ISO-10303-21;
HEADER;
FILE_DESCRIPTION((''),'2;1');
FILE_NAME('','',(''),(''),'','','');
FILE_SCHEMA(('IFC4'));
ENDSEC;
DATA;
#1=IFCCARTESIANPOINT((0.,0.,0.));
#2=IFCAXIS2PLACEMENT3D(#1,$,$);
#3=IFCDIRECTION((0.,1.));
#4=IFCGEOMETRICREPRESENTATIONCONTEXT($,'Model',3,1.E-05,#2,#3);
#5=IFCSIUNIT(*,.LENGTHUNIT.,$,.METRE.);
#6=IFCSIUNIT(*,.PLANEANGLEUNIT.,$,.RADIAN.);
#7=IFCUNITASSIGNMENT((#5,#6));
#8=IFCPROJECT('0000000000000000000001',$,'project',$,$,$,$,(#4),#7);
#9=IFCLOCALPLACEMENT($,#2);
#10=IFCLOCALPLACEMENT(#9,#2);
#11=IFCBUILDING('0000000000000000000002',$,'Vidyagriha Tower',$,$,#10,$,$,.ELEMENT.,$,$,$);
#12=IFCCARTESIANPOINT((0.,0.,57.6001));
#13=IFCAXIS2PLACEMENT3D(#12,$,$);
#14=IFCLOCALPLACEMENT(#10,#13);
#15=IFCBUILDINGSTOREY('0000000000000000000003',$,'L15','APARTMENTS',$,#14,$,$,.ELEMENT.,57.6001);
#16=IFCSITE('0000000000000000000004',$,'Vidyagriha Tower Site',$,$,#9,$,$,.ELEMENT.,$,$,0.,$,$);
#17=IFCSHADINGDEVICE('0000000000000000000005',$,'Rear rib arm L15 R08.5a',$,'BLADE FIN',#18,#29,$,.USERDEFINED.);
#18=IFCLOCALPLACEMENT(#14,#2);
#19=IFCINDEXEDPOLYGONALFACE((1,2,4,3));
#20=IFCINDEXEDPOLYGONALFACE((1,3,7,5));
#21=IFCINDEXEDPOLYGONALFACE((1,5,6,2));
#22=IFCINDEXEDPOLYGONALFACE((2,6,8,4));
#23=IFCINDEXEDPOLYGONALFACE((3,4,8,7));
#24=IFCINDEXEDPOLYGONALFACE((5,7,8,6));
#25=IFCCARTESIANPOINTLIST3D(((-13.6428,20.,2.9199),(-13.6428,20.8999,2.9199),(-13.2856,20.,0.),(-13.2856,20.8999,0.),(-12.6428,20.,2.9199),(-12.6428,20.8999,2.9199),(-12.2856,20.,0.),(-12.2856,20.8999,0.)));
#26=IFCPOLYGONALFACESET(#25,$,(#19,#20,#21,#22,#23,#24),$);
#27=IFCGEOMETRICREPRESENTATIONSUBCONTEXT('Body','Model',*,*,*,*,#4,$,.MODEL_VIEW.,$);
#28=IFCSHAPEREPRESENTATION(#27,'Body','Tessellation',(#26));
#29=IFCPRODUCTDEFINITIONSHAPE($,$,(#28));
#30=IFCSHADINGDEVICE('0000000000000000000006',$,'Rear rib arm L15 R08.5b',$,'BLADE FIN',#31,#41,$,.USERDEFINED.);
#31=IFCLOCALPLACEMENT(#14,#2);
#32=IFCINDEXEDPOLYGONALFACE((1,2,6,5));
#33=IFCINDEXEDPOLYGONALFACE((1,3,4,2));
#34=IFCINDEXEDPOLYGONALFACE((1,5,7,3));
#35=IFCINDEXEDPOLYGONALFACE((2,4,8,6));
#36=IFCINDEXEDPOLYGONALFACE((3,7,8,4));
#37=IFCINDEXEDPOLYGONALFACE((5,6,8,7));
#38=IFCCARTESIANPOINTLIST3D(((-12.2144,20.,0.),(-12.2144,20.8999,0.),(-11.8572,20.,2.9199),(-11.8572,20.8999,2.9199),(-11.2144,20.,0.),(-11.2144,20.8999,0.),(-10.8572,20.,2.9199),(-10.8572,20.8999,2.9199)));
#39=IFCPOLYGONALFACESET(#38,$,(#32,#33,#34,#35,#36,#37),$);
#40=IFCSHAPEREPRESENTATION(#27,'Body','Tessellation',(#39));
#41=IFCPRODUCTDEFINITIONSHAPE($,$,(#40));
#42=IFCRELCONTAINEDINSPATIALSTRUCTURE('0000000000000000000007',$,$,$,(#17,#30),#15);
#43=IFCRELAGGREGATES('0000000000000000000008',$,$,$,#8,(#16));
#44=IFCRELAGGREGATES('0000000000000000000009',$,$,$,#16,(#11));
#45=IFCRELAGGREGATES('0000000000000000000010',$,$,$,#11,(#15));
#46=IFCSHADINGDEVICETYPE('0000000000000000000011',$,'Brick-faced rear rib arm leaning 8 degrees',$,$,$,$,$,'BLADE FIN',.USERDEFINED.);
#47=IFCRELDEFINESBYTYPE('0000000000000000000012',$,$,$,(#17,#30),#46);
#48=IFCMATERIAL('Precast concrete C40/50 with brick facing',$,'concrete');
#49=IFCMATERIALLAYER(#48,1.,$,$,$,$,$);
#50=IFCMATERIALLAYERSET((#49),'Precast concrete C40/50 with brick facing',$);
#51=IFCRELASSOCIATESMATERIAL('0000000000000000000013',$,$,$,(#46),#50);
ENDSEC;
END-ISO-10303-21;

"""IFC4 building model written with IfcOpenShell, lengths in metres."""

from ifc_helpers import new_model, si_unit, direction, frame, origin, place, context, subcontext, project, spatial, polyline, outline, extrude, material, layer, layer_set, type_object, element, save


model = new_model("IFC4")

# Units and contexts
model_context = context("Model", 3, precision=1e-05, world=origin(), true_north=direction((0.0, 1.0)))
body_context = subcontext(model_context, "Body", "Model", "MODEL_VIEW")
ifc_project = project(units=[si_unit("LENGTHUNIT", "METRE"), si_unit("PLANEANGLEUNIT", "RADIAN")], contexts=[model_context])

# Site, building, storey
site_placement = place(None, origin())
site = spatial("IfcSite", under=ifc_project, at=site_placement, Name="Vidyagriha Tower Site", CompositionType="ELEMENT", RefElevation=0.0)
building_placement = place(site_placement, origin())
building = spatial("IfcBuilding", under=site, at=building_placement, Name="Vidyagriha Tower", CompositionType="ELEMENT")
storey_placement = place(building_placement, frame((0.0, 0.0, 57.6001)))
storey = spatial("IfcBuildingStorey", under=building, at=storey_placement, Name="L15", Description="APARTMENTS", CompositionType="ELEMENT", Elevation=57.6001)

# Shading devices
ifc_material_1 = material(Name="Precast concrete C40/50 with brick facing", Category="concrete")
ifc_layer_1 = layer(ifc_material_1, 1.0)
ifc_layer_set_1 = layer_set([ifc_layer_1], Name="Precast concrete C40/50 with brick facing")
shading_device_type = type_object("IfcShadingDeviceType", Name="Brick-faced rear rib arm leaning 8 degrees", ElementType="BLADE FIN", PredefinedType="USERDEFINED", material=ifc_layer_set_1)
shading_device_1_placement = place(storey_placement, frame((-12.2856, 20.45, 0.0), z_axis=(0.0, 0.0, 1.0), x_axis=(-1.0, 0.0, 0.0)))
element("IfcShadingDevice", 1, at=shading_device_1_placement, inside=storey, type_object=shading_device_type, Name="Rear rib arm L15 R08.5a", ObjectType="BLADE FIN", PredefinedType="USERDEFINED", context=body_context, shape_type="SweptSolid", body=[
    extrude(outline(polyline([(0.0, 0.0), (1.0, 0.0), (1.3572, 2.9199), (0.3572, 2.9199), (0.0, 0.0)])), frame((0.0, 0.45, 0.0), z_axis=(0.0, -1.0, 0.0), x_axis=(1.0, 0.0, 0.0)), (0.0, 0.0, 1.0), 0.8999),
])
shading_device_2_placement = place(storey_placement, frame((-10.8572, 20.45, 0.0), z_axis=(0.0, 0.0, 1.0), x_axis=(-1.0, 0.0, 0.0)))
element("IfcShadingDevice", 2, at=shading_device_2_placement, inside=storey, type_object=shading_device_type, Name="Rear rib arm L15 R08.5b", ObjectType="BLADE FIN", PredefinedType="USERDEFINED", context=body_context, shape_type="SweptSolid", body=[
    extrude(outline(polyline([(0.3572, 0.0), (1.3572, 0.0), (1.0, 2.9199), (0.0, 2.9199), (0.3572, 0.0)])), frame((0.0, 0.45, 0.0), z_axis=(0.0, -1.0, 0.0), x_axis=(1.0, 0.0, 0.0)), (0.0, 0.0, 1.0), 0.8999),
])

save(model, "model.ifc")
